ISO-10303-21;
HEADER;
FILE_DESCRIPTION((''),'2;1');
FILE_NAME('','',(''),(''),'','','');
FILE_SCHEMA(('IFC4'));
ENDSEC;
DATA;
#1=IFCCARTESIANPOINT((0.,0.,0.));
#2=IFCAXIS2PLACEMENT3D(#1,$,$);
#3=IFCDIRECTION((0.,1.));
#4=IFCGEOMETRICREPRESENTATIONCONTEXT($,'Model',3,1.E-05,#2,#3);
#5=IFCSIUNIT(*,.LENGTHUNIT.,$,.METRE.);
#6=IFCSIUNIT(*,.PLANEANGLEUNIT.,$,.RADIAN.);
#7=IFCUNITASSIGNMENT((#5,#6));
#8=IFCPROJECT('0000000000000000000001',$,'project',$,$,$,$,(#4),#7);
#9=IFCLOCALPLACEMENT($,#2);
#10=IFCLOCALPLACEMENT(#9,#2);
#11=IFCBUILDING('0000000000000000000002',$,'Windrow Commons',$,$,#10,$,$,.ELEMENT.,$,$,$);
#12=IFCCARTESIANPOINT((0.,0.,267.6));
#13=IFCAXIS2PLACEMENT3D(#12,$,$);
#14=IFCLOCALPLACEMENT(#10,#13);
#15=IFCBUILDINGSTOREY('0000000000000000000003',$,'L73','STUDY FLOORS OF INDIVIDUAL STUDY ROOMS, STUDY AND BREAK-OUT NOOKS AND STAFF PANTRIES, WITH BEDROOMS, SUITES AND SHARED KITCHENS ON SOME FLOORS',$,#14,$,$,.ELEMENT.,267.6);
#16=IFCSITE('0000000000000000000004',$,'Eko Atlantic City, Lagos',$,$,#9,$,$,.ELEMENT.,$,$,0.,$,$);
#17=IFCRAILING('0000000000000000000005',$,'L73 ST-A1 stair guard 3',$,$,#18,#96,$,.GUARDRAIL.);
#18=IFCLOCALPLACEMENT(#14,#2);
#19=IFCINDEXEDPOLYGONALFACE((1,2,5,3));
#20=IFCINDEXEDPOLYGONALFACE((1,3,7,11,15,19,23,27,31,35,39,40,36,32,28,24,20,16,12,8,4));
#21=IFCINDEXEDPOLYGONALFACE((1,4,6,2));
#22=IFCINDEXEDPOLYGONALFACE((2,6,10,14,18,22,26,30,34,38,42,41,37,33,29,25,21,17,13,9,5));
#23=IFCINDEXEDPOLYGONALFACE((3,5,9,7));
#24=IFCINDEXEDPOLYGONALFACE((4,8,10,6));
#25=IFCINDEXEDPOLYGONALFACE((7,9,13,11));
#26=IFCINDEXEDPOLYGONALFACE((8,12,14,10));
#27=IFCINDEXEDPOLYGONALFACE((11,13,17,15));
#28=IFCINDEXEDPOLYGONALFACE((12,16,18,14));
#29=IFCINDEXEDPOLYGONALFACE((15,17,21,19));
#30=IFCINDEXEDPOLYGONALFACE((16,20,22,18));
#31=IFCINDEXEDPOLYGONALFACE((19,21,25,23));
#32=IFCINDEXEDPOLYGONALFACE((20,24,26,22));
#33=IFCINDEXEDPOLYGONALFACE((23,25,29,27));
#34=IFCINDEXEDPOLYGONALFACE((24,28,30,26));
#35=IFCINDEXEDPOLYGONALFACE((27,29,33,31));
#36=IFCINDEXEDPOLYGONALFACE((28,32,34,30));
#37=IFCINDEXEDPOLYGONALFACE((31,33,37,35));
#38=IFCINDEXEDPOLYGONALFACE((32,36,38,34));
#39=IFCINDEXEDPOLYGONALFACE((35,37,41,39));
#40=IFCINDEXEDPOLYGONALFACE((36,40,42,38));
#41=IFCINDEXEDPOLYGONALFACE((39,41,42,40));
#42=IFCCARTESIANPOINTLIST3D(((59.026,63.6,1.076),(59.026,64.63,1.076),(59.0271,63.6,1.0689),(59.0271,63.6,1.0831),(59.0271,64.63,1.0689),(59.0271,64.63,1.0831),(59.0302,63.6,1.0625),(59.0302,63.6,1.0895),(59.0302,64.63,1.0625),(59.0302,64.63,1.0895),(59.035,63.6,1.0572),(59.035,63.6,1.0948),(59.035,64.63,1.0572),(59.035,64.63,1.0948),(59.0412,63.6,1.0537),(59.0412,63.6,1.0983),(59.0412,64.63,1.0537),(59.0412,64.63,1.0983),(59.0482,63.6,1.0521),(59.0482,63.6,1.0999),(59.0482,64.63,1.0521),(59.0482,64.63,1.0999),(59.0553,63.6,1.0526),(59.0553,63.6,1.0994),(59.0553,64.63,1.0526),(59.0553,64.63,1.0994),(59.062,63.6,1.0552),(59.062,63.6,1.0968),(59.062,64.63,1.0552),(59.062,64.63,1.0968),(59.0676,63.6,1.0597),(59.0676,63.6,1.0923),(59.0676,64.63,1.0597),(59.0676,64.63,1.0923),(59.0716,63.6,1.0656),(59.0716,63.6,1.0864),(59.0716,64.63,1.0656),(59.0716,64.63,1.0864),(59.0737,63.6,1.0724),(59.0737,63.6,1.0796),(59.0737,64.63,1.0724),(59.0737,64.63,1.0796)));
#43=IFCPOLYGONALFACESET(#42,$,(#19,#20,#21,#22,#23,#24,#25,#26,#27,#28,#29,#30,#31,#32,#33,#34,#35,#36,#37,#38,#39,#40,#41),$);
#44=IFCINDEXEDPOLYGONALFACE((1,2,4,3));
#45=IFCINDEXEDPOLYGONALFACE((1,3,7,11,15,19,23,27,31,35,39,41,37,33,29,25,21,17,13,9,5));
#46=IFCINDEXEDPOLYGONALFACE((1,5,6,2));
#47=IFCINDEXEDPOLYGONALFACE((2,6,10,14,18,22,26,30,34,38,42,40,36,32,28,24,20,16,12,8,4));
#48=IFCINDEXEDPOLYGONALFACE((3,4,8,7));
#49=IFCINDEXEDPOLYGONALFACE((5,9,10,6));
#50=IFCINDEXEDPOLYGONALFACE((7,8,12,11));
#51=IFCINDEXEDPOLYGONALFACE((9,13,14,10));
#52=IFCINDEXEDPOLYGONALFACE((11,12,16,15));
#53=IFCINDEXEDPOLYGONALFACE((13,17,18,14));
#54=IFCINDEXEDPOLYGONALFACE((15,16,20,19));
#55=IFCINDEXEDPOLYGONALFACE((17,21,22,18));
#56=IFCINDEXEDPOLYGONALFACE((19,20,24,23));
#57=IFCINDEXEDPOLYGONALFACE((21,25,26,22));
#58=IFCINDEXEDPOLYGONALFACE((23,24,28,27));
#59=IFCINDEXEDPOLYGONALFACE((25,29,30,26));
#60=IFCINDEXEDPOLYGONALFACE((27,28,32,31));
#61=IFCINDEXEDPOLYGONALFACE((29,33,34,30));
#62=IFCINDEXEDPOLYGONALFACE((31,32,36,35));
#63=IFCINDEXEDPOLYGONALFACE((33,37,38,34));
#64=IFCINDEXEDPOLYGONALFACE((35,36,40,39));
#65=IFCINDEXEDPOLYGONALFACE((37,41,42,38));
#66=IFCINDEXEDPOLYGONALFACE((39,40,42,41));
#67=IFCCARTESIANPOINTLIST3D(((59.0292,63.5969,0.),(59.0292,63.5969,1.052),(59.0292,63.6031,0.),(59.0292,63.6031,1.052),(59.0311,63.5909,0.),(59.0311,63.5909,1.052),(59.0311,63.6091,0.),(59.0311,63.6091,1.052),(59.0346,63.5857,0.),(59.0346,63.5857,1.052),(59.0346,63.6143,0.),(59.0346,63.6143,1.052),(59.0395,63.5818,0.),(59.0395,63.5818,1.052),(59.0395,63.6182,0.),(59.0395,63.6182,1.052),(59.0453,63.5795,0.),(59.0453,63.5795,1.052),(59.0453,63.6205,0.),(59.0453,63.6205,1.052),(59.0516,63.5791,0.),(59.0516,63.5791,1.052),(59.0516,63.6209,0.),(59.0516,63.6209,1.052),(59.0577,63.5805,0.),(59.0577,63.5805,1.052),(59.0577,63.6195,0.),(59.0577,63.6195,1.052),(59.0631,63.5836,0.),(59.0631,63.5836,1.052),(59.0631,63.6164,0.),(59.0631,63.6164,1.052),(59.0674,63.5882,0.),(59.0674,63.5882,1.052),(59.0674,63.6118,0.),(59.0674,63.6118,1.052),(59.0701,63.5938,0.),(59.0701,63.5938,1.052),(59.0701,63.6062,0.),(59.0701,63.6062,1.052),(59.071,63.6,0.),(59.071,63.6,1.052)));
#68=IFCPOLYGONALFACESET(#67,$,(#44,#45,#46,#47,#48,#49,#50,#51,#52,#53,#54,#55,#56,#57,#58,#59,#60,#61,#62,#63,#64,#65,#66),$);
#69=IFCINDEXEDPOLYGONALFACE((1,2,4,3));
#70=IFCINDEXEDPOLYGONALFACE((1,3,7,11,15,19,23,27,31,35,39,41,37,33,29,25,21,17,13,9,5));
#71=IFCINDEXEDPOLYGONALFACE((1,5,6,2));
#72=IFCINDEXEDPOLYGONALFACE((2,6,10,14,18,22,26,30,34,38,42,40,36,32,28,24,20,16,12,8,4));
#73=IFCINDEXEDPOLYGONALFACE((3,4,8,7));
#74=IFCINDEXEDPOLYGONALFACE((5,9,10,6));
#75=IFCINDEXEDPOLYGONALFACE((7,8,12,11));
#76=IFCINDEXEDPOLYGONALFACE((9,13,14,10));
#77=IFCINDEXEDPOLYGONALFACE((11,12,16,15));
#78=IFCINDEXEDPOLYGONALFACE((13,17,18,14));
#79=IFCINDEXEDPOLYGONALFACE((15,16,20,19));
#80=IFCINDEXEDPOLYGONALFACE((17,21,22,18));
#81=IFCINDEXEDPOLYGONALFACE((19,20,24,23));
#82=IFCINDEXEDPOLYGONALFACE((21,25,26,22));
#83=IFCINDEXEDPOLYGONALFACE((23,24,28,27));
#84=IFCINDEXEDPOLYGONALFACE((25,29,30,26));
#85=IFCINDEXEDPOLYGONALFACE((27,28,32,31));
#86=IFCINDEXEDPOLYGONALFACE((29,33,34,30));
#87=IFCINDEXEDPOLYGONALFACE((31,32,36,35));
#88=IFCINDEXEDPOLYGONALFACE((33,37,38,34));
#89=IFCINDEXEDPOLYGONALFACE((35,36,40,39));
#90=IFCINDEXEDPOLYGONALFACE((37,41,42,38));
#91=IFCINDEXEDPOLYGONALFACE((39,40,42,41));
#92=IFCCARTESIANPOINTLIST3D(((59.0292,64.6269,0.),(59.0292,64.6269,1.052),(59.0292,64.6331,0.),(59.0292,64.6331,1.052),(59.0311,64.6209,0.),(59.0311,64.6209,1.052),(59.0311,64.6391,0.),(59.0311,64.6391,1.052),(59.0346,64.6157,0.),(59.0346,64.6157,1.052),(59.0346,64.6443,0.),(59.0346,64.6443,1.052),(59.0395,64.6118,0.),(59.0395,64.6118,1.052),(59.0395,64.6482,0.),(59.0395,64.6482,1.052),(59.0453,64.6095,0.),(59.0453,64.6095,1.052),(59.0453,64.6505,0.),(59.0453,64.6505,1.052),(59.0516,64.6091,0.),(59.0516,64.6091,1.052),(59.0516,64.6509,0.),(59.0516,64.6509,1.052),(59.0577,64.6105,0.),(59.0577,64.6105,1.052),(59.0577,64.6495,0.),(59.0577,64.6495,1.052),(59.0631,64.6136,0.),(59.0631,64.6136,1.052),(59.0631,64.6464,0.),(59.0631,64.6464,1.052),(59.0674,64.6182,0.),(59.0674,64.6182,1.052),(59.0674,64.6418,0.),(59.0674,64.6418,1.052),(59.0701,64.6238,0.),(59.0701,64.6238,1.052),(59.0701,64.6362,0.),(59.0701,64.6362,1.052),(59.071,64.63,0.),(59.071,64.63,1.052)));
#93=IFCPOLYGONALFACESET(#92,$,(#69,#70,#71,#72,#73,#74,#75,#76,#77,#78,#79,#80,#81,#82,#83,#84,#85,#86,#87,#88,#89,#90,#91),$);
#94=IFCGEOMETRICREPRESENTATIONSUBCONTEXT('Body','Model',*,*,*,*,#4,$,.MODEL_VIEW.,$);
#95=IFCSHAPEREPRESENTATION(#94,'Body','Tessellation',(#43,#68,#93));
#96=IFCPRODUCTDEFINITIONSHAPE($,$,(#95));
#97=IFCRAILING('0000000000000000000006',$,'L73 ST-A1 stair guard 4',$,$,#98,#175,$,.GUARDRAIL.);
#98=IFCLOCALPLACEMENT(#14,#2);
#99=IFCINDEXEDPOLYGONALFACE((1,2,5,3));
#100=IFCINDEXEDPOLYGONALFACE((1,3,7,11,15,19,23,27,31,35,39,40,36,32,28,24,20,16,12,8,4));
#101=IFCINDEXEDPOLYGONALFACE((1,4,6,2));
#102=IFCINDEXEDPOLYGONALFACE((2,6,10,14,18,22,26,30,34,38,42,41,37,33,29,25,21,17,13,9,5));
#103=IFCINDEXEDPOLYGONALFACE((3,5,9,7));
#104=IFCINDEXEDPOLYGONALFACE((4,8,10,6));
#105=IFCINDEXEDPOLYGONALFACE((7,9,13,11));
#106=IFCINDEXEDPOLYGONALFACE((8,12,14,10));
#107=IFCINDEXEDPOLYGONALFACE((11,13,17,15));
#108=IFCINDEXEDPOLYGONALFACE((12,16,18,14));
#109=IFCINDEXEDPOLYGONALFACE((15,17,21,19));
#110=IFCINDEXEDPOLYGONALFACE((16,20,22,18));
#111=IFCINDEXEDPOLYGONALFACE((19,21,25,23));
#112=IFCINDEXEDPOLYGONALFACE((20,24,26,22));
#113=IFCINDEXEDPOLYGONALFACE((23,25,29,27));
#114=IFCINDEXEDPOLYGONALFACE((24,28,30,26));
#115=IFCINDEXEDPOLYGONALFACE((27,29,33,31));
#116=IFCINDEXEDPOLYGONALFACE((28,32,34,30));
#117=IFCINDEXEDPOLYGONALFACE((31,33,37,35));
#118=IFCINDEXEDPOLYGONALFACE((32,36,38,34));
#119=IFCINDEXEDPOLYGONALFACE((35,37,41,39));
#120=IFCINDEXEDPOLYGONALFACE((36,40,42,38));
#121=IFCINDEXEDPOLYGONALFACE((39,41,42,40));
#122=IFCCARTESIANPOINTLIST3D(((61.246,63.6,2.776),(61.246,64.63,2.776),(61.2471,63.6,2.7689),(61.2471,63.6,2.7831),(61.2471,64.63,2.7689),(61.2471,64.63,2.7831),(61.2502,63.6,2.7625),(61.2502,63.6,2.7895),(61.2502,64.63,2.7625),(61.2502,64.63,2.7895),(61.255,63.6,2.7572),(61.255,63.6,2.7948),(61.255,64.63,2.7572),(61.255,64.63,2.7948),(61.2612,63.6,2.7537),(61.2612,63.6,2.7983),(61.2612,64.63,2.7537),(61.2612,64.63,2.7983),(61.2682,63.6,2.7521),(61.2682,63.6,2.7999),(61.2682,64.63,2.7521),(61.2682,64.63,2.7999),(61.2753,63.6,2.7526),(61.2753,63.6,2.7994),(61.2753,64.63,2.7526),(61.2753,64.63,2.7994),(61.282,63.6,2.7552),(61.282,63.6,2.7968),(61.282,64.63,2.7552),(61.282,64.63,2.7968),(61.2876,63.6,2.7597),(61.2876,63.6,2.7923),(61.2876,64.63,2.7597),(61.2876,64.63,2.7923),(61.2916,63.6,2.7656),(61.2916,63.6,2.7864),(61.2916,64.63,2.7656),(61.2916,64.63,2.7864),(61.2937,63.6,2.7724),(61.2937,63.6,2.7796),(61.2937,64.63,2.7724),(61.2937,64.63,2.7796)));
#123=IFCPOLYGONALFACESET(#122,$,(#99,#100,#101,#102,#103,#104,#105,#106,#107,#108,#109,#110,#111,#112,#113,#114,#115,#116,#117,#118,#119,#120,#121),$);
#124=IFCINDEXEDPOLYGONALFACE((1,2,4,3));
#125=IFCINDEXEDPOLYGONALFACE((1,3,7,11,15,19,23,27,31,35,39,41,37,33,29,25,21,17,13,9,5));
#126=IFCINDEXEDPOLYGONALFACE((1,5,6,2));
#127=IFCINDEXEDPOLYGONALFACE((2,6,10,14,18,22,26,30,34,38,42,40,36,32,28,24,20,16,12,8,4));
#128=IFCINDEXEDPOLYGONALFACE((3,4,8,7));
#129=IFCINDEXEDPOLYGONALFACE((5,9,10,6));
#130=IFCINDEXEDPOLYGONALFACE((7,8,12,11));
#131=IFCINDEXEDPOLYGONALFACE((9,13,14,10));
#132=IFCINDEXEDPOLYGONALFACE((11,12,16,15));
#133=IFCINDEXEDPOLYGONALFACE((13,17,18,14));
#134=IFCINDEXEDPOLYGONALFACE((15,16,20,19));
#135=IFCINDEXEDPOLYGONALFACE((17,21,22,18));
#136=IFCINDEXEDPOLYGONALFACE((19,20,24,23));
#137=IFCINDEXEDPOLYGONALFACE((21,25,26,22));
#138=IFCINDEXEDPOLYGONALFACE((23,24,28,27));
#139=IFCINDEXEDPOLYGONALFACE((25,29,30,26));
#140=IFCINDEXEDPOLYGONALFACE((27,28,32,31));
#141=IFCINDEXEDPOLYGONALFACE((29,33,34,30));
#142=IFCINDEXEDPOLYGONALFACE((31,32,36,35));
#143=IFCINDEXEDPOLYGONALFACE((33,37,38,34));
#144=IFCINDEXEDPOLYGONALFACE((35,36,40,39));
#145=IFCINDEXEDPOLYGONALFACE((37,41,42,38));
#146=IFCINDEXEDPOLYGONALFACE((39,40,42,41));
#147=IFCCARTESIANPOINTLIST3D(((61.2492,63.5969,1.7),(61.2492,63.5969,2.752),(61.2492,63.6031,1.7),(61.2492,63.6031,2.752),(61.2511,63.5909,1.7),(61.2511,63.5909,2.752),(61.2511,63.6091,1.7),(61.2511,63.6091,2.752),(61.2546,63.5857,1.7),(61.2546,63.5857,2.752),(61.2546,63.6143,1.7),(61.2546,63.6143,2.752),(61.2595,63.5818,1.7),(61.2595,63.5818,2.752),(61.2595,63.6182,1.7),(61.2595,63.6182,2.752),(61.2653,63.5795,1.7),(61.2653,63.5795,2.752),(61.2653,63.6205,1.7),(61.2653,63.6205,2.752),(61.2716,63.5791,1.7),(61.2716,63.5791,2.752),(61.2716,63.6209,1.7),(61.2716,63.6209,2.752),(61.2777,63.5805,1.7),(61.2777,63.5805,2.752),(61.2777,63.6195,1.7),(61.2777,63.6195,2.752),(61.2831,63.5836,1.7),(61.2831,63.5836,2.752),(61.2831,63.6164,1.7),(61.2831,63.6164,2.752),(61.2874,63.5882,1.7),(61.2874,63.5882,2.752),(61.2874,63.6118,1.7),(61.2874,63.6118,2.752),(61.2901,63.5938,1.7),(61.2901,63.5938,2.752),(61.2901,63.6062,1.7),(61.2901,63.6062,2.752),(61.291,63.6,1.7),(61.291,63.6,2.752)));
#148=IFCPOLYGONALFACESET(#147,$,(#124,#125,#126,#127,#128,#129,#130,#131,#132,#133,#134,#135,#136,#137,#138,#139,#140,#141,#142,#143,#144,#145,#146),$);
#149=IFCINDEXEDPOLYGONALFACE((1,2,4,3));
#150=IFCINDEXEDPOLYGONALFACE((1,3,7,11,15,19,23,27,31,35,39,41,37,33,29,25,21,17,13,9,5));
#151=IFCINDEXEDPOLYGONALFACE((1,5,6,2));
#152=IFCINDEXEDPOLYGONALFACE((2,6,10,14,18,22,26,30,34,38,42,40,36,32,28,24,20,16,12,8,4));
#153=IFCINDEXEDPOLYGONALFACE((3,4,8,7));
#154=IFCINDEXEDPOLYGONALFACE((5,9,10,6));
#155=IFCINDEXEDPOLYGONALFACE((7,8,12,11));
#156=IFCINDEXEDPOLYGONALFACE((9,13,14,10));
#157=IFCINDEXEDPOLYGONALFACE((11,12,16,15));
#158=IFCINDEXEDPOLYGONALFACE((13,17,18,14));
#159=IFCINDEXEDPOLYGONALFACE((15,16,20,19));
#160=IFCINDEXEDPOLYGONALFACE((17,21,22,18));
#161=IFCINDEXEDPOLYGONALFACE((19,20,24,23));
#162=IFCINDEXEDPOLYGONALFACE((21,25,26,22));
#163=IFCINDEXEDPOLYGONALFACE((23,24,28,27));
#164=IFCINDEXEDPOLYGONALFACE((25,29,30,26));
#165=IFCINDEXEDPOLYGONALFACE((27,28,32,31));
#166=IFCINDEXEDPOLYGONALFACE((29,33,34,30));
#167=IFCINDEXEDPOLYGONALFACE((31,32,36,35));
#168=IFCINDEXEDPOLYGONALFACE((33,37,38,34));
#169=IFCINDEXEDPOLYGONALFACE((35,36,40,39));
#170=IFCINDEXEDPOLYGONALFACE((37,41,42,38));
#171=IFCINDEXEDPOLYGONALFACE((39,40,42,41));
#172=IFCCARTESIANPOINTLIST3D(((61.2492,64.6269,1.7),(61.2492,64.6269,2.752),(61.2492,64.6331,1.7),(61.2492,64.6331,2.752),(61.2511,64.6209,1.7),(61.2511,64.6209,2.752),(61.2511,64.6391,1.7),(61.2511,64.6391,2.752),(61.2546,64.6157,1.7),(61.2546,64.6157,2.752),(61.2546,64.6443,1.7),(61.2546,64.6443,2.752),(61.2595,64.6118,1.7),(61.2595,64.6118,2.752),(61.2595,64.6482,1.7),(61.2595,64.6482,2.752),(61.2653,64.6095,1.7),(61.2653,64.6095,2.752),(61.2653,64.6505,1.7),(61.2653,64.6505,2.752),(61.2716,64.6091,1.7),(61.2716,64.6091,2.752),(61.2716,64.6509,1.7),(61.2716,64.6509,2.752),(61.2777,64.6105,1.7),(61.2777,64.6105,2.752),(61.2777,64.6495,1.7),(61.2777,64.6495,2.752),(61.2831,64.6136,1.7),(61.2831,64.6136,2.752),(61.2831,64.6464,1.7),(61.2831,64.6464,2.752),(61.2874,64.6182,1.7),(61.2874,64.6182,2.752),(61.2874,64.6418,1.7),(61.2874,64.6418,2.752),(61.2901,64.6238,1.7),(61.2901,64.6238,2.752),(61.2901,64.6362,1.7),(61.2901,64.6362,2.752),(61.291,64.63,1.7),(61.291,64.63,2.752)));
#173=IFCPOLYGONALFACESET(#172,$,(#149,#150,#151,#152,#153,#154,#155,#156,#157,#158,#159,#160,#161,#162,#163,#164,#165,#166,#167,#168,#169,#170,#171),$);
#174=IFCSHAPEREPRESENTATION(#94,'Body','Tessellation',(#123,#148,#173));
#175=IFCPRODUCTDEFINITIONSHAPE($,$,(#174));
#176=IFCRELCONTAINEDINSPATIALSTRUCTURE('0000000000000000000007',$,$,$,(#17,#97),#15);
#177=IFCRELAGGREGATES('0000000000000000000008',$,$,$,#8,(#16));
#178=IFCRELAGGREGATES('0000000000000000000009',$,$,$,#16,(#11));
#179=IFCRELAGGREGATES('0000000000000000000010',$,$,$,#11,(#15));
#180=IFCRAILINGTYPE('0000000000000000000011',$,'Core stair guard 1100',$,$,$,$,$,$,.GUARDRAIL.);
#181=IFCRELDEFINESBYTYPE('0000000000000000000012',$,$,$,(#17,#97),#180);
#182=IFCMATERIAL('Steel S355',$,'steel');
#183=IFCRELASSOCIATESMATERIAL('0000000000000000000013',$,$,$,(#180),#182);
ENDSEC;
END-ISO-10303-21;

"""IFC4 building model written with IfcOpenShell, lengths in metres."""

from ifc_helpers import new_model, si_unit, direction, frame, origin, origin_2d, place, context, subcontext, project, spatial, circle, extrude, material, type_object, element, save


model = new_model("IFC4")

# Units and contexts
model_context = context("Model", 3, precision=1e-05, world=origin(), true_north=direction((0.0, 1.0)))
body_context = subcontext(model_context, "Body", "Model", "MODEL_VIEW")
ifc_project = project(units=[si_unit("LENGTHUNIT", "METRE"), si_unit("PLANEANGLEUNIT", "RADIAN")], contexts=[model_context])

# Site, building, storey
site_placement = place(None, origin())
site = spatial("IfcSite", under=ifc_project, at=site_placement, Name="Eko Atlantic City, Lagos", CompositionType="ELEMENT", RefElevation=0.0)
building_placement = place(site_placement, origin())
building = spatial("IfcBuilding", under=site, at=building_placement, Name="Windrow Commons", CompositionType="ELEMENT")
storey_placement = place(building_placement, frame((0.0, 0.0, 267.6)))
storey = spatial("IfcBuildingStorey", under=building, at=storey_placement, Name="L73", Description="STUDY FLOORS OF INDIVIDUAL STUDY ROOMS, STUDY AND BREAK-OUT NOOKS AND STAFF PANTRIES, WITH BEDROOMS, SUITES AND SHARED KITCHENS ON SOME FLOORS", CompositionType="ELEMENT", Elevation=267.6)

# Railings
ifc_material_1 = material(Name="Steel S355", Category="steel")
railing_type_1 = type_object("IfcRailingType", Name="Core stair guard 1100", PredefinedType="GUARDRAIL", material=ifc_material_1)
for number, where, name in (
    (1, (59.05, 63.6, 0.0), "L73 ST-A1 stair guard 3"),
    (2, (61.27, 63.6, 1.7), "L73 ST-A1 stair guard 4"),
):
    element("IfcRailing", number, at=place(storey_placement, frame(where)), inside=storey, type_object=railing_type_1, Name=name, PredefinedType="GUARDRAIL", context=body_context, shape_type="SweptSolid", body=[
        extrude(circle(Radius=0.024, at=origin_2d()), frame((0.0, 0.0, 1.076), z_axis=(0.0, 1.0, 0.0), x_axis=(-1.0, 0.0, 0.0)), (0.0, 0.0, 1.0), 1.03),
        extrude(circle(Radius=0.021, at=origin_2d()), origin(), (0.0, 0.0, 1.0), 1.052),
        extrude(circle(Radius=0.021, at=origin_2d()), frame((0.0, 1.03, 0.0)), (0.0, 0.0, 1.0), 1.052),
    ])

save(model, "model.ifc")
